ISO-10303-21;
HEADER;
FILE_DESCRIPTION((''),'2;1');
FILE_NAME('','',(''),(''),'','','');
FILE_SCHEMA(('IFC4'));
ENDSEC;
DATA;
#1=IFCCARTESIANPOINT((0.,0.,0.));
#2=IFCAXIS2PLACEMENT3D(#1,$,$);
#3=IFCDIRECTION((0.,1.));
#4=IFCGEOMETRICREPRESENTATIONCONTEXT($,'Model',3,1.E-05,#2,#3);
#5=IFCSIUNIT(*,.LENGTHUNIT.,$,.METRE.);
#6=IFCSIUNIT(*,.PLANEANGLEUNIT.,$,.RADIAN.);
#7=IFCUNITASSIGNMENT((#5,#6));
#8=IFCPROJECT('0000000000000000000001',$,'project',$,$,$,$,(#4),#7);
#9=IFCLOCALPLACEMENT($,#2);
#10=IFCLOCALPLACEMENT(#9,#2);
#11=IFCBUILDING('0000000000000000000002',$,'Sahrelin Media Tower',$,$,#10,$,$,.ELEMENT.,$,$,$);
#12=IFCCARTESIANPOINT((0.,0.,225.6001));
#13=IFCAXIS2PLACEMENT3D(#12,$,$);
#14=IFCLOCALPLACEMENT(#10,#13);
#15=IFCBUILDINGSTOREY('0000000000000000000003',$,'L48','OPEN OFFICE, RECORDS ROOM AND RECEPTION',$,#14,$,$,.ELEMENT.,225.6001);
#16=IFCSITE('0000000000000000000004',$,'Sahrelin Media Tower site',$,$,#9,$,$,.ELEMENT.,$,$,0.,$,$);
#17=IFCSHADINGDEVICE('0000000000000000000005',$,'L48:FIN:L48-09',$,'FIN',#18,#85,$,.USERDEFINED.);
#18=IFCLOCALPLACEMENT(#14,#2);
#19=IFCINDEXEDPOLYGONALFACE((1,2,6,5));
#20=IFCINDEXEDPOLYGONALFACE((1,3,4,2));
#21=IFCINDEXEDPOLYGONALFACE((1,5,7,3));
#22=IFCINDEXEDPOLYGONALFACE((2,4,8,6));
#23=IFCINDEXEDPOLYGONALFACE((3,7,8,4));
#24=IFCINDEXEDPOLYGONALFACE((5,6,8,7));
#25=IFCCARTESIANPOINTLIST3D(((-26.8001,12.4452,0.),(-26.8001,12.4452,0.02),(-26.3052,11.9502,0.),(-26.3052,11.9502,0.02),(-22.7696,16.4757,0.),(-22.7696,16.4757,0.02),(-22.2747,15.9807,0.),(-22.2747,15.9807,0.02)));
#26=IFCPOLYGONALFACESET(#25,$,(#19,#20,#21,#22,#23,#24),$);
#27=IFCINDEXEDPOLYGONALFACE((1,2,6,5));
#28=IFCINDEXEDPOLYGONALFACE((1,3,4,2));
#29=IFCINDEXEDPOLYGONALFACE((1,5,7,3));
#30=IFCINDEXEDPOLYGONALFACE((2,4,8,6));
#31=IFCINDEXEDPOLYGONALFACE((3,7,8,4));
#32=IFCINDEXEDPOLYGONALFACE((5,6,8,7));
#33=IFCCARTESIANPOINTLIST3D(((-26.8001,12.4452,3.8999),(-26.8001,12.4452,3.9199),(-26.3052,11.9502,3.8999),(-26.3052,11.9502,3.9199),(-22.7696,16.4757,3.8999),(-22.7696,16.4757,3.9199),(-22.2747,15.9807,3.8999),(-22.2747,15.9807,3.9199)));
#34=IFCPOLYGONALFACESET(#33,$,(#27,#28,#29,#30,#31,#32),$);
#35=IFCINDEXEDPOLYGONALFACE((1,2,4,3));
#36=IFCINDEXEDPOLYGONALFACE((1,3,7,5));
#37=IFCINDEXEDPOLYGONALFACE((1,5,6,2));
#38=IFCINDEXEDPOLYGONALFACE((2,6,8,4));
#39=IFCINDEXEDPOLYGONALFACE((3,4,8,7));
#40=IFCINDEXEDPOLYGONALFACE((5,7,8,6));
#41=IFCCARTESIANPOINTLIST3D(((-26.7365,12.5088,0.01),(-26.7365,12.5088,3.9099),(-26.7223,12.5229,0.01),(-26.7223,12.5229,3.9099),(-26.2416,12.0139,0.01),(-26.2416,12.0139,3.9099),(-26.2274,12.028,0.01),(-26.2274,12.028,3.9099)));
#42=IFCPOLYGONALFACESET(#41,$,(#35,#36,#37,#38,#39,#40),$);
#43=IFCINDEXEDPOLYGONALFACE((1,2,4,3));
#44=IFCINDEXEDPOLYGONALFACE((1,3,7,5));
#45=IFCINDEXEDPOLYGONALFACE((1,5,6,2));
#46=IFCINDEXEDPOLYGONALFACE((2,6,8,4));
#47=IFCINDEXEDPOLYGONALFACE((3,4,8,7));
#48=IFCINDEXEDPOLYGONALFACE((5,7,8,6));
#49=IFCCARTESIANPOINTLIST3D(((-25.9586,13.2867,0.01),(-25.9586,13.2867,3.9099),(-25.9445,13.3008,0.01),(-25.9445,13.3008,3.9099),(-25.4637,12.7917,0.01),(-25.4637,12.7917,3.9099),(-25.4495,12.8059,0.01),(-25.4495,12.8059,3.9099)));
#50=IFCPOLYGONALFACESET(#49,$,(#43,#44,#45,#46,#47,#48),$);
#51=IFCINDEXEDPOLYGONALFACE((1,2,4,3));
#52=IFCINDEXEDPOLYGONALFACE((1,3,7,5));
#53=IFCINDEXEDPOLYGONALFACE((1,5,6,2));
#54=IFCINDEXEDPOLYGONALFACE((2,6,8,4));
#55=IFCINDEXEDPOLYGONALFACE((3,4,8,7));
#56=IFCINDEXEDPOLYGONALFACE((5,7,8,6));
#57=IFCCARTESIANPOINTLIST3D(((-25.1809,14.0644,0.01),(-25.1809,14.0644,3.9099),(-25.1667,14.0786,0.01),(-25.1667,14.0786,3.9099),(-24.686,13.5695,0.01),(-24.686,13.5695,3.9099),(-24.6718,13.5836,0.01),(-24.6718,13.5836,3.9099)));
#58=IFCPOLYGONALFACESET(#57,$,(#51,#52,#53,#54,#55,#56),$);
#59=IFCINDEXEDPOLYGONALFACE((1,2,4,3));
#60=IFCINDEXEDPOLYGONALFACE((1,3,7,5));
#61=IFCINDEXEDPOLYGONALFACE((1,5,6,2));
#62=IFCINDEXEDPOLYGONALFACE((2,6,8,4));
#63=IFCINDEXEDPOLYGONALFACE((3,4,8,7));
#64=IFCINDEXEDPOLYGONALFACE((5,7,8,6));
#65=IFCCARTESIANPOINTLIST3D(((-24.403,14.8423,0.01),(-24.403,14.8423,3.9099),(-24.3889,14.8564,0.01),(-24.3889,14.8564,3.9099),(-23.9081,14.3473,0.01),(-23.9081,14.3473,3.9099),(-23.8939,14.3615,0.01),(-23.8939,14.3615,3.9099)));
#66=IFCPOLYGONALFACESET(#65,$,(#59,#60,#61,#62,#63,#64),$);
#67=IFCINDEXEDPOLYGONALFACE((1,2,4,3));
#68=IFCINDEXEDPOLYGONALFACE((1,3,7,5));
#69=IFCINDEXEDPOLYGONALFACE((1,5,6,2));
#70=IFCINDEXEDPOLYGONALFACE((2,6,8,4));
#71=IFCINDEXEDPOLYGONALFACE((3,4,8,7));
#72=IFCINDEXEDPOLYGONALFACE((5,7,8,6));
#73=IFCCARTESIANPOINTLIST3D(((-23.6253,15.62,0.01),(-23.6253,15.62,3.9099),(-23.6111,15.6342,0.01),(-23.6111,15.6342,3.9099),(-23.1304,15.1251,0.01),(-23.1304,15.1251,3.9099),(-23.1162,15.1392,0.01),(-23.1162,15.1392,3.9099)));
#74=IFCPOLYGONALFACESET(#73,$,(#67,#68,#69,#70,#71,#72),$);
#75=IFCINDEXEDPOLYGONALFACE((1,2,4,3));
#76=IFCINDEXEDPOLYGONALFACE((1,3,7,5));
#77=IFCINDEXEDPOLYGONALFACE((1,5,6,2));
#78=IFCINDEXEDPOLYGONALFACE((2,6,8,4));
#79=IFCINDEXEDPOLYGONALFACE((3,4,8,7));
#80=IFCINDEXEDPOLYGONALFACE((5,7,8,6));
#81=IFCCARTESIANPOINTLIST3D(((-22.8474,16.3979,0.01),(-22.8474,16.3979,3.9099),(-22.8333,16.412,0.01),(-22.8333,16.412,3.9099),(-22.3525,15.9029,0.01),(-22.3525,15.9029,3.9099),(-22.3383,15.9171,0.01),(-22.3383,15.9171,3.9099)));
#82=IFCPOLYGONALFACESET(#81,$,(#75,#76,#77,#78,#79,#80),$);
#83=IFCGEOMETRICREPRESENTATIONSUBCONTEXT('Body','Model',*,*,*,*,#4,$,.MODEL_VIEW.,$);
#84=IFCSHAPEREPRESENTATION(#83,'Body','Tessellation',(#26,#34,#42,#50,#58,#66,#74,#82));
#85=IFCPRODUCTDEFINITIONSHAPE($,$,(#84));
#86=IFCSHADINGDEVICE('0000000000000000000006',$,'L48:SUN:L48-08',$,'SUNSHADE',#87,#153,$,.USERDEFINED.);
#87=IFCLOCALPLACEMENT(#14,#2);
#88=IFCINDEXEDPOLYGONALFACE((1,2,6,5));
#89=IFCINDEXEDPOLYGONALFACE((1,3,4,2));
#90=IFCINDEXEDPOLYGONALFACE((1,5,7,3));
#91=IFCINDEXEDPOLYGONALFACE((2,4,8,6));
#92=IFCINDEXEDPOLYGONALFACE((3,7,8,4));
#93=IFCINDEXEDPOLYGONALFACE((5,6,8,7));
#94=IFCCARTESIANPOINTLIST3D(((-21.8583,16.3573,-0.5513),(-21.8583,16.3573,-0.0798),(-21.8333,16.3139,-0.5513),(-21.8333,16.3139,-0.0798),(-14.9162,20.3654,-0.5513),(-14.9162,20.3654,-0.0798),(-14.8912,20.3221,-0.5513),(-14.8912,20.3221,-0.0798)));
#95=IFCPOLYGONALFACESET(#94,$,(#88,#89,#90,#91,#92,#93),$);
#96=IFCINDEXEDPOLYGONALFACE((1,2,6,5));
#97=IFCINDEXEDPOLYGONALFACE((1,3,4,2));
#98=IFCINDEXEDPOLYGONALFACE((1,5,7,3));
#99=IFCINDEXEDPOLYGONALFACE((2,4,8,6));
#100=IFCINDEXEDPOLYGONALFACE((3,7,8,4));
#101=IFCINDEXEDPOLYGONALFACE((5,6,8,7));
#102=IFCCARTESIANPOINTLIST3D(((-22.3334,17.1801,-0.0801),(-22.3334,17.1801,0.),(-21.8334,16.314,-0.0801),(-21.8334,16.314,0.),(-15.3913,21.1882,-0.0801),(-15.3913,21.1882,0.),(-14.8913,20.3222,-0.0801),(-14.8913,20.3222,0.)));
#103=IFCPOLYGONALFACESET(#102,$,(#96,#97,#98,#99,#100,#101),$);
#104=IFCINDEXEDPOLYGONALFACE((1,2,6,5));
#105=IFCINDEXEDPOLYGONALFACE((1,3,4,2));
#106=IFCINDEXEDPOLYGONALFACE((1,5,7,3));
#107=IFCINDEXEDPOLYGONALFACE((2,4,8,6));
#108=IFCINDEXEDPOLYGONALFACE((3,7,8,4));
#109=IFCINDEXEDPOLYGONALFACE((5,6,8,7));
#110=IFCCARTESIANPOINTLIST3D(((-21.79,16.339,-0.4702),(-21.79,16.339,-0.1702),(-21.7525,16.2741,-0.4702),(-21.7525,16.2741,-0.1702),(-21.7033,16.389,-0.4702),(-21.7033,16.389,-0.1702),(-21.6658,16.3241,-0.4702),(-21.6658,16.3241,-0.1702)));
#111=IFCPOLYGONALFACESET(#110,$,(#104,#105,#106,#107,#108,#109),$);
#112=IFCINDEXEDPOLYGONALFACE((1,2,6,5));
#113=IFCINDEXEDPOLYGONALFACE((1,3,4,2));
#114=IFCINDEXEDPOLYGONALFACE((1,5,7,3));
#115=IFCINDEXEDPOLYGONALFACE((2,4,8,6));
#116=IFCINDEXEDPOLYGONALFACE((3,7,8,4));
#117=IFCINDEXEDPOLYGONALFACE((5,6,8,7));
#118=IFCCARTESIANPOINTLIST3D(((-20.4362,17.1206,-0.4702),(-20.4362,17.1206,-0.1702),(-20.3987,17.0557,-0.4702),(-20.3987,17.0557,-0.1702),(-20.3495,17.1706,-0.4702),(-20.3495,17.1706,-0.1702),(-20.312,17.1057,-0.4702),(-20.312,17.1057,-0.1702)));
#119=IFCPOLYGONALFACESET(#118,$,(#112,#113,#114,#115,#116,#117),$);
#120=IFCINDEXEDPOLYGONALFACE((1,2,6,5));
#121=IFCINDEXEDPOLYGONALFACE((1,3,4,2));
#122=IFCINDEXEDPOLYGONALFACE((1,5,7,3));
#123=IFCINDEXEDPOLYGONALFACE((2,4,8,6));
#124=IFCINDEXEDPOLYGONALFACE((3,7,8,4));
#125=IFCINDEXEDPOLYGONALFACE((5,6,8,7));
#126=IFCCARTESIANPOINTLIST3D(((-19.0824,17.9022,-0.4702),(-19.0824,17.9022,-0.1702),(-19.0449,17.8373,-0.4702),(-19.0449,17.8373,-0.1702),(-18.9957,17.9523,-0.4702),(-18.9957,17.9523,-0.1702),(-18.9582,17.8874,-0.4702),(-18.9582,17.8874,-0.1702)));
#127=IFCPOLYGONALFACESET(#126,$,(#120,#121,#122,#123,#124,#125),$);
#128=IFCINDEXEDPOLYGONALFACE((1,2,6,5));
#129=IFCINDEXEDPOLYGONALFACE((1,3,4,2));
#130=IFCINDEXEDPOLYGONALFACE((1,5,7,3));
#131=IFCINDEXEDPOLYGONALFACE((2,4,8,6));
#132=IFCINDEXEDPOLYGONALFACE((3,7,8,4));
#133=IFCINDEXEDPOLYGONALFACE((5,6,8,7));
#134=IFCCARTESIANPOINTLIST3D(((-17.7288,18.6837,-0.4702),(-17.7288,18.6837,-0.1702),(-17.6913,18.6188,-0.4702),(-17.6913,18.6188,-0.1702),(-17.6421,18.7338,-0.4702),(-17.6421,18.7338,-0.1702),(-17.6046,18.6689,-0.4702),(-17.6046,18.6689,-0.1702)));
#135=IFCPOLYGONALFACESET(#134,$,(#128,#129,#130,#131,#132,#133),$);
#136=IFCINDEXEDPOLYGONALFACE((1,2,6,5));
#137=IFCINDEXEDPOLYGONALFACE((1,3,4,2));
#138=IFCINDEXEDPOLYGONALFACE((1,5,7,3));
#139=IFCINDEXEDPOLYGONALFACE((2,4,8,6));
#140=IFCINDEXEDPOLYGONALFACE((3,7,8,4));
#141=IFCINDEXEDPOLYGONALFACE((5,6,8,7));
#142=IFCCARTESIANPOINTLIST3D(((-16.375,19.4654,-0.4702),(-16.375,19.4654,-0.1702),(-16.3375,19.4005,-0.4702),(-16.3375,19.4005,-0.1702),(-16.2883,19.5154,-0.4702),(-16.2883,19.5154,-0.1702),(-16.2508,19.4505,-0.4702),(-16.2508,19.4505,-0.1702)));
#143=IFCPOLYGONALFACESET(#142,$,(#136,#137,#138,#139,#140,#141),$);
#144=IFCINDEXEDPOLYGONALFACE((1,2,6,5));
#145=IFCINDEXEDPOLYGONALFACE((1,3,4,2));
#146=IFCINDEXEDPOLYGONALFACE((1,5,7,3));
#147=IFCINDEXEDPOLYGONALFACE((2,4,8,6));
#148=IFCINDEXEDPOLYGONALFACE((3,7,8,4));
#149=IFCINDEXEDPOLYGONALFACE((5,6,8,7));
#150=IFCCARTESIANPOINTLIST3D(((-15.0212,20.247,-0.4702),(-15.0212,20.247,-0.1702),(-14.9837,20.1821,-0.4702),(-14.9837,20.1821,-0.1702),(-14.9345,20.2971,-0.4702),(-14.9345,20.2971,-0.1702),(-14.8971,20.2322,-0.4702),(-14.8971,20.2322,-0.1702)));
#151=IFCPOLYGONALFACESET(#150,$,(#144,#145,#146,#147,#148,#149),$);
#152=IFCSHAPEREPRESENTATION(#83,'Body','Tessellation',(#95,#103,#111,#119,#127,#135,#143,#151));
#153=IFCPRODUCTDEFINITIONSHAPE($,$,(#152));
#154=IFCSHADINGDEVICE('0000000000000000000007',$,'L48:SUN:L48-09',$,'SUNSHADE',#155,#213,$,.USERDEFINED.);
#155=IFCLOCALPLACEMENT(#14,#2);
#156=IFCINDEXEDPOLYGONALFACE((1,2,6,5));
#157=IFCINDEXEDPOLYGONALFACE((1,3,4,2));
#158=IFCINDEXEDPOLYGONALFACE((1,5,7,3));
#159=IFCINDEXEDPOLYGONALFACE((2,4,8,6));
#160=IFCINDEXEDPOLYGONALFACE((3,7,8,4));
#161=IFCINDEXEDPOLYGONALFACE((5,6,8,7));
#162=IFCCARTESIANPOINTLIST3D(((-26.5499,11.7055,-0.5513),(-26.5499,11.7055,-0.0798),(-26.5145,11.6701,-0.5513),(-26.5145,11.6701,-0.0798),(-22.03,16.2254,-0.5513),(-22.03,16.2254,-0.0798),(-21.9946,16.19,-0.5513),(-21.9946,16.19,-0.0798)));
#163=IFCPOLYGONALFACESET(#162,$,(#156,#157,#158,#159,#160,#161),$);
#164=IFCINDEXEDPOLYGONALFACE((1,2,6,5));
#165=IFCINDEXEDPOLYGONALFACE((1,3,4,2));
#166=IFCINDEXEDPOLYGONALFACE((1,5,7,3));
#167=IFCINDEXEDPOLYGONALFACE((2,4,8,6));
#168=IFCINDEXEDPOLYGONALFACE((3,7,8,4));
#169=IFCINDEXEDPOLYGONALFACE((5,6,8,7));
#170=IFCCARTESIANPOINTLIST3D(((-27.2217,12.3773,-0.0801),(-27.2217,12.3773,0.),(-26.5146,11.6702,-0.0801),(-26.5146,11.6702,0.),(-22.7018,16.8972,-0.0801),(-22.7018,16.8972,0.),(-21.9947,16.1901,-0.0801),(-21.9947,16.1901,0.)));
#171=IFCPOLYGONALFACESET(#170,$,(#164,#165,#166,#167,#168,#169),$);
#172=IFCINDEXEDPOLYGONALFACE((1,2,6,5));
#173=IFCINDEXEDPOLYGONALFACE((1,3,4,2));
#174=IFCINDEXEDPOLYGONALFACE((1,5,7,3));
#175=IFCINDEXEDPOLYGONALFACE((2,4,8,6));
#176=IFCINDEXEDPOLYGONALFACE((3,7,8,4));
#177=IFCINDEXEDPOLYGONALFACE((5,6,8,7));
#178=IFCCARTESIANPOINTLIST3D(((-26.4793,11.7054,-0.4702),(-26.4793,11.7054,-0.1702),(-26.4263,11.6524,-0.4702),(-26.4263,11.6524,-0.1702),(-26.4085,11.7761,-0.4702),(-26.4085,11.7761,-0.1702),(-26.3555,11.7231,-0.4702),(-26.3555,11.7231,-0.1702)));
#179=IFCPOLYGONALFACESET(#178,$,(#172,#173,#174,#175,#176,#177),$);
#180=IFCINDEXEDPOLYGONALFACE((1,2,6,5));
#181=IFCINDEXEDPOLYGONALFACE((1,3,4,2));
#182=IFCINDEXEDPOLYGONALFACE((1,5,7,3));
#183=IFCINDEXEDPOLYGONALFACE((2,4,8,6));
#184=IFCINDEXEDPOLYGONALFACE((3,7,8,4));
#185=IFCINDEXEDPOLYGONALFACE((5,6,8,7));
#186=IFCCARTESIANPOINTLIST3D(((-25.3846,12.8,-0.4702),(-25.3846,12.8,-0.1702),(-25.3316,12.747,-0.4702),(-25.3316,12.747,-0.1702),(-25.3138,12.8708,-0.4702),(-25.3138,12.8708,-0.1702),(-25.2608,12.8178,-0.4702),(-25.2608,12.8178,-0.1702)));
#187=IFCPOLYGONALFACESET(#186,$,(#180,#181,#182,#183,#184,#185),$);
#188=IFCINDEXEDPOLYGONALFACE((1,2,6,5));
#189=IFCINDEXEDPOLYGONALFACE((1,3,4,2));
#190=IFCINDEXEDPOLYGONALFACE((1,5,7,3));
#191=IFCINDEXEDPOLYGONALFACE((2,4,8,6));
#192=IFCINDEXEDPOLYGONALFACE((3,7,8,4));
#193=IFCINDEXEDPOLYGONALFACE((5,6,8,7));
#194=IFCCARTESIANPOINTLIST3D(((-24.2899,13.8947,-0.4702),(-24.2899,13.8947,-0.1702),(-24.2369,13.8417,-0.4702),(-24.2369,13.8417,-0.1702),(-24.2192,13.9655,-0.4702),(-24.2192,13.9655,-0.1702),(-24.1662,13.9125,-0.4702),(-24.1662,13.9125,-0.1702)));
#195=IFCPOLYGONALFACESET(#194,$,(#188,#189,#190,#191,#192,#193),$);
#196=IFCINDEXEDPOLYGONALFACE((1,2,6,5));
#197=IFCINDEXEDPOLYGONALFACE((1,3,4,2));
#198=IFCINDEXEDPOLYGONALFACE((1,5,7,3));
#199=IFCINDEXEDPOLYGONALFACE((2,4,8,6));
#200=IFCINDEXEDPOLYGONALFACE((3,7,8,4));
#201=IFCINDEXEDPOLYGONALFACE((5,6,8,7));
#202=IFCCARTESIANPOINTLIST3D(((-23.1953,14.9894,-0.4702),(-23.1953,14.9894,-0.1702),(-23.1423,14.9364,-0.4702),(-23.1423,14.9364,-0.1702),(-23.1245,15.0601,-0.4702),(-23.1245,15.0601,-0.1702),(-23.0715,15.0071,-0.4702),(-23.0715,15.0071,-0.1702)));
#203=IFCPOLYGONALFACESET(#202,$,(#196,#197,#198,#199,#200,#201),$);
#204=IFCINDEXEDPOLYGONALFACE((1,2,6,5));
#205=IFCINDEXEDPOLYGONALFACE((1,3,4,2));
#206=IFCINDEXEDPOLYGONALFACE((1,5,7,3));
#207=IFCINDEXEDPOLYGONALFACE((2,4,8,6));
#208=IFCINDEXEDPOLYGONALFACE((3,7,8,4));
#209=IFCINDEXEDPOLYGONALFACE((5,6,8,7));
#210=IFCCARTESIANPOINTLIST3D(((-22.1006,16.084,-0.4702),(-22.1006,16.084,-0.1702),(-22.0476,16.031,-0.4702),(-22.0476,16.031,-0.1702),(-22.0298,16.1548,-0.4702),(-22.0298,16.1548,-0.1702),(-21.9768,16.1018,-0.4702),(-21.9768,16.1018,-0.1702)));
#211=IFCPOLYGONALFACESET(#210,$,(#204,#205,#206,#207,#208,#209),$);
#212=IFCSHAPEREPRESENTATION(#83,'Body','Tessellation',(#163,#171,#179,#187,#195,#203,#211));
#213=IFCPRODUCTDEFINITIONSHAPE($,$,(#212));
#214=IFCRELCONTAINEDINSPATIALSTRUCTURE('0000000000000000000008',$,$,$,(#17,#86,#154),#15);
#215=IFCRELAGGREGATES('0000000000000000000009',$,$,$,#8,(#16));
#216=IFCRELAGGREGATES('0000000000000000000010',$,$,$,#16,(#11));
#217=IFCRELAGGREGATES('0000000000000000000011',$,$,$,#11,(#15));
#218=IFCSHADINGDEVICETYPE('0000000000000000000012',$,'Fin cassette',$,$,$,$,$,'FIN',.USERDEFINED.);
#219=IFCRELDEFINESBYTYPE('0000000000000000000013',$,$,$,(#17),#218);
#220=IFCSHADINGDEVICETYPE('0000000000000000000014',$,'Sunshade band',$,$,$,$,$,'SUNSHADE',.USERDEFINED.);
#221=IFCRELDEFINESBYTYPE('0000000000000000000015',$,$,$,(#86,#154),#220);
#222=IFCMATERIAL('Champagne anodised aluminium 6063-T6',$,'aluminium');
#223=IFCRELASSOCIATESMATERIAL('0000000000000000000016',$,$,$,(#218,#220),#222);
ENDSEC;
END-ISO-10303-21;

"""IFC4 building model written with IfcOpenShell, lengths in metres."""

from ifc_helpers import new_model, si_unit, direction, frame, origin, origin_2d, place, context, subcontext, project, spatial, rectangle, extrude, material, type_object, element, save


model = new_model("IFC4")

# Units and contexts
model_context = context("Model", 3, precision=1e-05, world=origin(), true_north=direction((0.0, 1.0)))
body_context = subcontext(model_context, "Body", "Model", "MODEL_VIEW")
ifc_project = project(units=[si_unit("LENGTHUNIT", "METRE"), si_unit("PLANEANGLEUNIT", "RADIAN")], contexts=[model_context])

# Site, building, storey
site_placement = place(None, origin())
site = spatial("IfcSite", under=ifc_project, at=site_placement, Name="Sahrelin Media Tower site", CompositionType="ELEMENT", RefElevation=0.0)
building_placement = place(site_placement, origin())
building = spatial("IfcBuilding", under=site, at=building_placement, Name="Sahrelin Media Tower", CompositionType="ELEMENT")
storey_placement = place(building_placement, frame((0.0, 0.0, 225.6001)))
storey = spatial("IfcBuildingStorey", under=building, at=storey_placement, Name="L48", Description="OPEN OFFICE, RECORDS ROOM AND RECEPTION", CompositionType="ELEMENT", Elevation=225.6001)

# Shared definitions
ifc_material_1 = material(Name="Champagne anodised aluminium 6063-T6", Category="aluminium")

# Shading devices
shading_device_type_1 = type_object("IfcShadingDeviceType", Name="Fin cassette", ElementType="FIN", PredefinedType="USERDEFINED", material=ifc_material_1)
placement_1 = place(storey_placement, frame((-18.3523, 18.3008, 0.0), z_axis=(0.0, 0.0, 1.0), x_axis=(0.866019, 0.500011, 0.0)))
placement_2 = place(storey_placement, frame((-24.2405, 13.916, 0.0), z_axis=(0.0, 0.0, 1.0), x_axis=(0.707107, 0.707107, 0.0)))
element("IfcShadingDevice", 1, at=placement_2, inside=storey, type_object=shading_device_type_1, Name="L48:FIN:L48-09", ObjectType="FIN", PredefinedType="USERDEFINED", context=body_context, shape_type="SweptSolid", body=[
    extrude(rectangle(XDim=5.7, YDim=0.7, at=origin_2d()), frame((0.0, 0.4199, 0.0)), (0.0, 0.0, 1.0), 0.02),
    extrude(rectangle(XDim=5.7, YDim=0.7, at=origin_2d()), frame((0.0, 0.4199, 3.8999)), (0.0, 0.0, 1.0), 0.02),
    extrude(rectangle(XDim=0.02, YDim=0.7, at=origin_2d()), frame((-2.75, 0.4199, 0.01), z_axis=(0.0, 0.0, 1.0), x_axis=(1.0, 0.0, 0.0)), (0.0, 0.0, 1.0), 3.8999),
    extrude(rectangle(XDim=0.02, YDim=0.7, at=origin_2d()), frame((-1.6499, 0.4199, 0.01), z_axis=(0.0, 0.0, 1.0), x_axis=(1.0, 0.0, 0.0)), (0.0, 0.0, 1.0), 3.8999),
    extrude(rectangle(XDim=0.02, YDim=0.7, at=origin_2d()), frame((-0.55, 0.4199, 0.01), z_axis=(0.0, 0.0, 1.0), x_axis=(1.0, 0.0, 0.0)), (0.0, 0.0, 1.0), 3.8999),
    extrude(rectangle(XDim=0.02, YDim=0.7, at=origin_2d()), frame((0.55, 0.4199, 0.01), z_axis=(0.0, 0.0, 1.0), x_axis=(1.0, 0.0, 0.0)), (0.0, 0.0, 1.0), 3.8999),
    extrude(rectangle(XDim=0.02, YDim=0.7, at=origin_2d()), frame((1.6499, 0.4199, 0.01), z_axis=(0.0, 0.0, 1.0), x_axis=(1.0, 0.0, 0.0)), (0.0, 0.0, 1.0), 3.8999),
    extrude(rectangle(XDim=0.02, YDim=0.7, at=origin_2d()), frame((2.75, 0.4199, 0.01), z_axis=(0.0, 0.0, 1.0), x_axis=(1.0, 0.0, 0.0)), (0.0, 0.0, 1.0), 3.8999),
])
shading_device_type_2 = type_object("IfcShadingDeviceType", Name="Sunshade band", ElementType="SUNSHADE", PredefinedType="USERDEFINED", material=ifc_material_1)
element("IfcShadingDevice", 2, at=placement_1, inside=storey, type_object=shading_device_type_2, Name="L48:SUN:L48-08", ObjectType="SUNSHADE", PredefinedType="USERDEFINED", context=body_context, shape_type="SweptSolid", body=[
    extrude(rectangle(XDim=8.0161, YDim=0.05, at=origin_2d()), frame((0.0, 0.0449, -0.5513)), (0.0, 0.0, 1.0), 0.4714),
    extrude(rectangle(XDim=8.0161, YDim=1.0, at=origin_2d()), frame((0.0, 0.52, -0.0801)), (0.0, 0.0, 1.0), 0.0801),
    extrude(rectangle(XDim=0.1001, YDim=0.075, at=origin_2d()), frame((-3.908, -0.0176, -0.4702)), (0.0, 0.0, 1.0), 0.3),
    extrude(rectangle(XDim=0.1001, YDim=0.075, at=origin_2d()), frame((-2.3447, -0.0176, -0.4702)), (0.0, 0.0, 1.0), 0.3),
    extrude(rectangle(XDim=0.1001, YDim=0.075, at=origin_2d()), frame((-0.7815, -0.0176, -0.4702)), (0.0, 0.0, 1.0), 0.3),
    extrude(rectangle(XDim=0.1001, YDim=0.075, at=origin_2d()), frame((0.7815, -0.0176, -0.4702)), (0.0, 0.0, 1.0), 0.3),
    extrude(rectangle(XDim=0.1001, YDim=0.075, at=origin_2d()), frame((2.3447, -0.0176, -0.4702)), (0.0, 0.0, 1.0), 0.3),
    extrude(rectangle(XDim=0.1001, YDim=0.075, at=origin_2d()), frame((3.908, -0.0176, -0.4702)), (0.0, 0.0, 1.0), 0.3),
])
element("IfcShadingDevice", 3, at=placement_2, inside=storey, type_object=shading_device_type_2, Name="L48:SUN:L48-09", ObjectType="SUNSHADE", PredefinedType="USERDEFINED", context=body_context, shape_type="SweptSolid", body=[
    extrude(rectangle(XDim=6.3921, YDim=0.05, at=origin_2d()), frame((0.0, 0.0449, -0.5513)), (0.0, 0.0, 1.0), 0.4714),
    extrude(rectangle(XDim=6.3921, YDim=1.0, at=origin_2d()), frame((0.0, 0.52, -0.0801)), (0.0, 0.0, 1.0), 0.0801),
    extrude(rectangle(XDim=0.1001, YDim=0.075, at=origin_2d()), frame((-3.0962, -0.0176, -0.4702)), (0.0, 0.0, 1.0), 0.3),
    extrude(rectangle(XDim=0.1001, YDim=0.075, at=origin_2d()), frame((-1.5481, -0.0176, -0.4702)), (0.0, 0.0, 1.0), 0.3),
    extrude(rectangle(XDim=0.1001, YDim=0.075, at=origin_2d()), frame((0.0, -0.0176, -0.4702)), (0.0, 0.0, 1.0), 0.3),
    extrude(rectangle(XDim=0.1001, YDim=0.075, at=origin_2d()), frame((1.5481, -0.0176, -0.4702)), (0.0, 0.0, 1.0), 0.3),
    extrude(rectangle(XDim=0.1001, YDim=0.075, at=origin_2d()), frame((3.0962, -0.0176, -0.4702)), (0.0, 0.0, 1.0), 0.3),
])

save(model, "model.ifc")
